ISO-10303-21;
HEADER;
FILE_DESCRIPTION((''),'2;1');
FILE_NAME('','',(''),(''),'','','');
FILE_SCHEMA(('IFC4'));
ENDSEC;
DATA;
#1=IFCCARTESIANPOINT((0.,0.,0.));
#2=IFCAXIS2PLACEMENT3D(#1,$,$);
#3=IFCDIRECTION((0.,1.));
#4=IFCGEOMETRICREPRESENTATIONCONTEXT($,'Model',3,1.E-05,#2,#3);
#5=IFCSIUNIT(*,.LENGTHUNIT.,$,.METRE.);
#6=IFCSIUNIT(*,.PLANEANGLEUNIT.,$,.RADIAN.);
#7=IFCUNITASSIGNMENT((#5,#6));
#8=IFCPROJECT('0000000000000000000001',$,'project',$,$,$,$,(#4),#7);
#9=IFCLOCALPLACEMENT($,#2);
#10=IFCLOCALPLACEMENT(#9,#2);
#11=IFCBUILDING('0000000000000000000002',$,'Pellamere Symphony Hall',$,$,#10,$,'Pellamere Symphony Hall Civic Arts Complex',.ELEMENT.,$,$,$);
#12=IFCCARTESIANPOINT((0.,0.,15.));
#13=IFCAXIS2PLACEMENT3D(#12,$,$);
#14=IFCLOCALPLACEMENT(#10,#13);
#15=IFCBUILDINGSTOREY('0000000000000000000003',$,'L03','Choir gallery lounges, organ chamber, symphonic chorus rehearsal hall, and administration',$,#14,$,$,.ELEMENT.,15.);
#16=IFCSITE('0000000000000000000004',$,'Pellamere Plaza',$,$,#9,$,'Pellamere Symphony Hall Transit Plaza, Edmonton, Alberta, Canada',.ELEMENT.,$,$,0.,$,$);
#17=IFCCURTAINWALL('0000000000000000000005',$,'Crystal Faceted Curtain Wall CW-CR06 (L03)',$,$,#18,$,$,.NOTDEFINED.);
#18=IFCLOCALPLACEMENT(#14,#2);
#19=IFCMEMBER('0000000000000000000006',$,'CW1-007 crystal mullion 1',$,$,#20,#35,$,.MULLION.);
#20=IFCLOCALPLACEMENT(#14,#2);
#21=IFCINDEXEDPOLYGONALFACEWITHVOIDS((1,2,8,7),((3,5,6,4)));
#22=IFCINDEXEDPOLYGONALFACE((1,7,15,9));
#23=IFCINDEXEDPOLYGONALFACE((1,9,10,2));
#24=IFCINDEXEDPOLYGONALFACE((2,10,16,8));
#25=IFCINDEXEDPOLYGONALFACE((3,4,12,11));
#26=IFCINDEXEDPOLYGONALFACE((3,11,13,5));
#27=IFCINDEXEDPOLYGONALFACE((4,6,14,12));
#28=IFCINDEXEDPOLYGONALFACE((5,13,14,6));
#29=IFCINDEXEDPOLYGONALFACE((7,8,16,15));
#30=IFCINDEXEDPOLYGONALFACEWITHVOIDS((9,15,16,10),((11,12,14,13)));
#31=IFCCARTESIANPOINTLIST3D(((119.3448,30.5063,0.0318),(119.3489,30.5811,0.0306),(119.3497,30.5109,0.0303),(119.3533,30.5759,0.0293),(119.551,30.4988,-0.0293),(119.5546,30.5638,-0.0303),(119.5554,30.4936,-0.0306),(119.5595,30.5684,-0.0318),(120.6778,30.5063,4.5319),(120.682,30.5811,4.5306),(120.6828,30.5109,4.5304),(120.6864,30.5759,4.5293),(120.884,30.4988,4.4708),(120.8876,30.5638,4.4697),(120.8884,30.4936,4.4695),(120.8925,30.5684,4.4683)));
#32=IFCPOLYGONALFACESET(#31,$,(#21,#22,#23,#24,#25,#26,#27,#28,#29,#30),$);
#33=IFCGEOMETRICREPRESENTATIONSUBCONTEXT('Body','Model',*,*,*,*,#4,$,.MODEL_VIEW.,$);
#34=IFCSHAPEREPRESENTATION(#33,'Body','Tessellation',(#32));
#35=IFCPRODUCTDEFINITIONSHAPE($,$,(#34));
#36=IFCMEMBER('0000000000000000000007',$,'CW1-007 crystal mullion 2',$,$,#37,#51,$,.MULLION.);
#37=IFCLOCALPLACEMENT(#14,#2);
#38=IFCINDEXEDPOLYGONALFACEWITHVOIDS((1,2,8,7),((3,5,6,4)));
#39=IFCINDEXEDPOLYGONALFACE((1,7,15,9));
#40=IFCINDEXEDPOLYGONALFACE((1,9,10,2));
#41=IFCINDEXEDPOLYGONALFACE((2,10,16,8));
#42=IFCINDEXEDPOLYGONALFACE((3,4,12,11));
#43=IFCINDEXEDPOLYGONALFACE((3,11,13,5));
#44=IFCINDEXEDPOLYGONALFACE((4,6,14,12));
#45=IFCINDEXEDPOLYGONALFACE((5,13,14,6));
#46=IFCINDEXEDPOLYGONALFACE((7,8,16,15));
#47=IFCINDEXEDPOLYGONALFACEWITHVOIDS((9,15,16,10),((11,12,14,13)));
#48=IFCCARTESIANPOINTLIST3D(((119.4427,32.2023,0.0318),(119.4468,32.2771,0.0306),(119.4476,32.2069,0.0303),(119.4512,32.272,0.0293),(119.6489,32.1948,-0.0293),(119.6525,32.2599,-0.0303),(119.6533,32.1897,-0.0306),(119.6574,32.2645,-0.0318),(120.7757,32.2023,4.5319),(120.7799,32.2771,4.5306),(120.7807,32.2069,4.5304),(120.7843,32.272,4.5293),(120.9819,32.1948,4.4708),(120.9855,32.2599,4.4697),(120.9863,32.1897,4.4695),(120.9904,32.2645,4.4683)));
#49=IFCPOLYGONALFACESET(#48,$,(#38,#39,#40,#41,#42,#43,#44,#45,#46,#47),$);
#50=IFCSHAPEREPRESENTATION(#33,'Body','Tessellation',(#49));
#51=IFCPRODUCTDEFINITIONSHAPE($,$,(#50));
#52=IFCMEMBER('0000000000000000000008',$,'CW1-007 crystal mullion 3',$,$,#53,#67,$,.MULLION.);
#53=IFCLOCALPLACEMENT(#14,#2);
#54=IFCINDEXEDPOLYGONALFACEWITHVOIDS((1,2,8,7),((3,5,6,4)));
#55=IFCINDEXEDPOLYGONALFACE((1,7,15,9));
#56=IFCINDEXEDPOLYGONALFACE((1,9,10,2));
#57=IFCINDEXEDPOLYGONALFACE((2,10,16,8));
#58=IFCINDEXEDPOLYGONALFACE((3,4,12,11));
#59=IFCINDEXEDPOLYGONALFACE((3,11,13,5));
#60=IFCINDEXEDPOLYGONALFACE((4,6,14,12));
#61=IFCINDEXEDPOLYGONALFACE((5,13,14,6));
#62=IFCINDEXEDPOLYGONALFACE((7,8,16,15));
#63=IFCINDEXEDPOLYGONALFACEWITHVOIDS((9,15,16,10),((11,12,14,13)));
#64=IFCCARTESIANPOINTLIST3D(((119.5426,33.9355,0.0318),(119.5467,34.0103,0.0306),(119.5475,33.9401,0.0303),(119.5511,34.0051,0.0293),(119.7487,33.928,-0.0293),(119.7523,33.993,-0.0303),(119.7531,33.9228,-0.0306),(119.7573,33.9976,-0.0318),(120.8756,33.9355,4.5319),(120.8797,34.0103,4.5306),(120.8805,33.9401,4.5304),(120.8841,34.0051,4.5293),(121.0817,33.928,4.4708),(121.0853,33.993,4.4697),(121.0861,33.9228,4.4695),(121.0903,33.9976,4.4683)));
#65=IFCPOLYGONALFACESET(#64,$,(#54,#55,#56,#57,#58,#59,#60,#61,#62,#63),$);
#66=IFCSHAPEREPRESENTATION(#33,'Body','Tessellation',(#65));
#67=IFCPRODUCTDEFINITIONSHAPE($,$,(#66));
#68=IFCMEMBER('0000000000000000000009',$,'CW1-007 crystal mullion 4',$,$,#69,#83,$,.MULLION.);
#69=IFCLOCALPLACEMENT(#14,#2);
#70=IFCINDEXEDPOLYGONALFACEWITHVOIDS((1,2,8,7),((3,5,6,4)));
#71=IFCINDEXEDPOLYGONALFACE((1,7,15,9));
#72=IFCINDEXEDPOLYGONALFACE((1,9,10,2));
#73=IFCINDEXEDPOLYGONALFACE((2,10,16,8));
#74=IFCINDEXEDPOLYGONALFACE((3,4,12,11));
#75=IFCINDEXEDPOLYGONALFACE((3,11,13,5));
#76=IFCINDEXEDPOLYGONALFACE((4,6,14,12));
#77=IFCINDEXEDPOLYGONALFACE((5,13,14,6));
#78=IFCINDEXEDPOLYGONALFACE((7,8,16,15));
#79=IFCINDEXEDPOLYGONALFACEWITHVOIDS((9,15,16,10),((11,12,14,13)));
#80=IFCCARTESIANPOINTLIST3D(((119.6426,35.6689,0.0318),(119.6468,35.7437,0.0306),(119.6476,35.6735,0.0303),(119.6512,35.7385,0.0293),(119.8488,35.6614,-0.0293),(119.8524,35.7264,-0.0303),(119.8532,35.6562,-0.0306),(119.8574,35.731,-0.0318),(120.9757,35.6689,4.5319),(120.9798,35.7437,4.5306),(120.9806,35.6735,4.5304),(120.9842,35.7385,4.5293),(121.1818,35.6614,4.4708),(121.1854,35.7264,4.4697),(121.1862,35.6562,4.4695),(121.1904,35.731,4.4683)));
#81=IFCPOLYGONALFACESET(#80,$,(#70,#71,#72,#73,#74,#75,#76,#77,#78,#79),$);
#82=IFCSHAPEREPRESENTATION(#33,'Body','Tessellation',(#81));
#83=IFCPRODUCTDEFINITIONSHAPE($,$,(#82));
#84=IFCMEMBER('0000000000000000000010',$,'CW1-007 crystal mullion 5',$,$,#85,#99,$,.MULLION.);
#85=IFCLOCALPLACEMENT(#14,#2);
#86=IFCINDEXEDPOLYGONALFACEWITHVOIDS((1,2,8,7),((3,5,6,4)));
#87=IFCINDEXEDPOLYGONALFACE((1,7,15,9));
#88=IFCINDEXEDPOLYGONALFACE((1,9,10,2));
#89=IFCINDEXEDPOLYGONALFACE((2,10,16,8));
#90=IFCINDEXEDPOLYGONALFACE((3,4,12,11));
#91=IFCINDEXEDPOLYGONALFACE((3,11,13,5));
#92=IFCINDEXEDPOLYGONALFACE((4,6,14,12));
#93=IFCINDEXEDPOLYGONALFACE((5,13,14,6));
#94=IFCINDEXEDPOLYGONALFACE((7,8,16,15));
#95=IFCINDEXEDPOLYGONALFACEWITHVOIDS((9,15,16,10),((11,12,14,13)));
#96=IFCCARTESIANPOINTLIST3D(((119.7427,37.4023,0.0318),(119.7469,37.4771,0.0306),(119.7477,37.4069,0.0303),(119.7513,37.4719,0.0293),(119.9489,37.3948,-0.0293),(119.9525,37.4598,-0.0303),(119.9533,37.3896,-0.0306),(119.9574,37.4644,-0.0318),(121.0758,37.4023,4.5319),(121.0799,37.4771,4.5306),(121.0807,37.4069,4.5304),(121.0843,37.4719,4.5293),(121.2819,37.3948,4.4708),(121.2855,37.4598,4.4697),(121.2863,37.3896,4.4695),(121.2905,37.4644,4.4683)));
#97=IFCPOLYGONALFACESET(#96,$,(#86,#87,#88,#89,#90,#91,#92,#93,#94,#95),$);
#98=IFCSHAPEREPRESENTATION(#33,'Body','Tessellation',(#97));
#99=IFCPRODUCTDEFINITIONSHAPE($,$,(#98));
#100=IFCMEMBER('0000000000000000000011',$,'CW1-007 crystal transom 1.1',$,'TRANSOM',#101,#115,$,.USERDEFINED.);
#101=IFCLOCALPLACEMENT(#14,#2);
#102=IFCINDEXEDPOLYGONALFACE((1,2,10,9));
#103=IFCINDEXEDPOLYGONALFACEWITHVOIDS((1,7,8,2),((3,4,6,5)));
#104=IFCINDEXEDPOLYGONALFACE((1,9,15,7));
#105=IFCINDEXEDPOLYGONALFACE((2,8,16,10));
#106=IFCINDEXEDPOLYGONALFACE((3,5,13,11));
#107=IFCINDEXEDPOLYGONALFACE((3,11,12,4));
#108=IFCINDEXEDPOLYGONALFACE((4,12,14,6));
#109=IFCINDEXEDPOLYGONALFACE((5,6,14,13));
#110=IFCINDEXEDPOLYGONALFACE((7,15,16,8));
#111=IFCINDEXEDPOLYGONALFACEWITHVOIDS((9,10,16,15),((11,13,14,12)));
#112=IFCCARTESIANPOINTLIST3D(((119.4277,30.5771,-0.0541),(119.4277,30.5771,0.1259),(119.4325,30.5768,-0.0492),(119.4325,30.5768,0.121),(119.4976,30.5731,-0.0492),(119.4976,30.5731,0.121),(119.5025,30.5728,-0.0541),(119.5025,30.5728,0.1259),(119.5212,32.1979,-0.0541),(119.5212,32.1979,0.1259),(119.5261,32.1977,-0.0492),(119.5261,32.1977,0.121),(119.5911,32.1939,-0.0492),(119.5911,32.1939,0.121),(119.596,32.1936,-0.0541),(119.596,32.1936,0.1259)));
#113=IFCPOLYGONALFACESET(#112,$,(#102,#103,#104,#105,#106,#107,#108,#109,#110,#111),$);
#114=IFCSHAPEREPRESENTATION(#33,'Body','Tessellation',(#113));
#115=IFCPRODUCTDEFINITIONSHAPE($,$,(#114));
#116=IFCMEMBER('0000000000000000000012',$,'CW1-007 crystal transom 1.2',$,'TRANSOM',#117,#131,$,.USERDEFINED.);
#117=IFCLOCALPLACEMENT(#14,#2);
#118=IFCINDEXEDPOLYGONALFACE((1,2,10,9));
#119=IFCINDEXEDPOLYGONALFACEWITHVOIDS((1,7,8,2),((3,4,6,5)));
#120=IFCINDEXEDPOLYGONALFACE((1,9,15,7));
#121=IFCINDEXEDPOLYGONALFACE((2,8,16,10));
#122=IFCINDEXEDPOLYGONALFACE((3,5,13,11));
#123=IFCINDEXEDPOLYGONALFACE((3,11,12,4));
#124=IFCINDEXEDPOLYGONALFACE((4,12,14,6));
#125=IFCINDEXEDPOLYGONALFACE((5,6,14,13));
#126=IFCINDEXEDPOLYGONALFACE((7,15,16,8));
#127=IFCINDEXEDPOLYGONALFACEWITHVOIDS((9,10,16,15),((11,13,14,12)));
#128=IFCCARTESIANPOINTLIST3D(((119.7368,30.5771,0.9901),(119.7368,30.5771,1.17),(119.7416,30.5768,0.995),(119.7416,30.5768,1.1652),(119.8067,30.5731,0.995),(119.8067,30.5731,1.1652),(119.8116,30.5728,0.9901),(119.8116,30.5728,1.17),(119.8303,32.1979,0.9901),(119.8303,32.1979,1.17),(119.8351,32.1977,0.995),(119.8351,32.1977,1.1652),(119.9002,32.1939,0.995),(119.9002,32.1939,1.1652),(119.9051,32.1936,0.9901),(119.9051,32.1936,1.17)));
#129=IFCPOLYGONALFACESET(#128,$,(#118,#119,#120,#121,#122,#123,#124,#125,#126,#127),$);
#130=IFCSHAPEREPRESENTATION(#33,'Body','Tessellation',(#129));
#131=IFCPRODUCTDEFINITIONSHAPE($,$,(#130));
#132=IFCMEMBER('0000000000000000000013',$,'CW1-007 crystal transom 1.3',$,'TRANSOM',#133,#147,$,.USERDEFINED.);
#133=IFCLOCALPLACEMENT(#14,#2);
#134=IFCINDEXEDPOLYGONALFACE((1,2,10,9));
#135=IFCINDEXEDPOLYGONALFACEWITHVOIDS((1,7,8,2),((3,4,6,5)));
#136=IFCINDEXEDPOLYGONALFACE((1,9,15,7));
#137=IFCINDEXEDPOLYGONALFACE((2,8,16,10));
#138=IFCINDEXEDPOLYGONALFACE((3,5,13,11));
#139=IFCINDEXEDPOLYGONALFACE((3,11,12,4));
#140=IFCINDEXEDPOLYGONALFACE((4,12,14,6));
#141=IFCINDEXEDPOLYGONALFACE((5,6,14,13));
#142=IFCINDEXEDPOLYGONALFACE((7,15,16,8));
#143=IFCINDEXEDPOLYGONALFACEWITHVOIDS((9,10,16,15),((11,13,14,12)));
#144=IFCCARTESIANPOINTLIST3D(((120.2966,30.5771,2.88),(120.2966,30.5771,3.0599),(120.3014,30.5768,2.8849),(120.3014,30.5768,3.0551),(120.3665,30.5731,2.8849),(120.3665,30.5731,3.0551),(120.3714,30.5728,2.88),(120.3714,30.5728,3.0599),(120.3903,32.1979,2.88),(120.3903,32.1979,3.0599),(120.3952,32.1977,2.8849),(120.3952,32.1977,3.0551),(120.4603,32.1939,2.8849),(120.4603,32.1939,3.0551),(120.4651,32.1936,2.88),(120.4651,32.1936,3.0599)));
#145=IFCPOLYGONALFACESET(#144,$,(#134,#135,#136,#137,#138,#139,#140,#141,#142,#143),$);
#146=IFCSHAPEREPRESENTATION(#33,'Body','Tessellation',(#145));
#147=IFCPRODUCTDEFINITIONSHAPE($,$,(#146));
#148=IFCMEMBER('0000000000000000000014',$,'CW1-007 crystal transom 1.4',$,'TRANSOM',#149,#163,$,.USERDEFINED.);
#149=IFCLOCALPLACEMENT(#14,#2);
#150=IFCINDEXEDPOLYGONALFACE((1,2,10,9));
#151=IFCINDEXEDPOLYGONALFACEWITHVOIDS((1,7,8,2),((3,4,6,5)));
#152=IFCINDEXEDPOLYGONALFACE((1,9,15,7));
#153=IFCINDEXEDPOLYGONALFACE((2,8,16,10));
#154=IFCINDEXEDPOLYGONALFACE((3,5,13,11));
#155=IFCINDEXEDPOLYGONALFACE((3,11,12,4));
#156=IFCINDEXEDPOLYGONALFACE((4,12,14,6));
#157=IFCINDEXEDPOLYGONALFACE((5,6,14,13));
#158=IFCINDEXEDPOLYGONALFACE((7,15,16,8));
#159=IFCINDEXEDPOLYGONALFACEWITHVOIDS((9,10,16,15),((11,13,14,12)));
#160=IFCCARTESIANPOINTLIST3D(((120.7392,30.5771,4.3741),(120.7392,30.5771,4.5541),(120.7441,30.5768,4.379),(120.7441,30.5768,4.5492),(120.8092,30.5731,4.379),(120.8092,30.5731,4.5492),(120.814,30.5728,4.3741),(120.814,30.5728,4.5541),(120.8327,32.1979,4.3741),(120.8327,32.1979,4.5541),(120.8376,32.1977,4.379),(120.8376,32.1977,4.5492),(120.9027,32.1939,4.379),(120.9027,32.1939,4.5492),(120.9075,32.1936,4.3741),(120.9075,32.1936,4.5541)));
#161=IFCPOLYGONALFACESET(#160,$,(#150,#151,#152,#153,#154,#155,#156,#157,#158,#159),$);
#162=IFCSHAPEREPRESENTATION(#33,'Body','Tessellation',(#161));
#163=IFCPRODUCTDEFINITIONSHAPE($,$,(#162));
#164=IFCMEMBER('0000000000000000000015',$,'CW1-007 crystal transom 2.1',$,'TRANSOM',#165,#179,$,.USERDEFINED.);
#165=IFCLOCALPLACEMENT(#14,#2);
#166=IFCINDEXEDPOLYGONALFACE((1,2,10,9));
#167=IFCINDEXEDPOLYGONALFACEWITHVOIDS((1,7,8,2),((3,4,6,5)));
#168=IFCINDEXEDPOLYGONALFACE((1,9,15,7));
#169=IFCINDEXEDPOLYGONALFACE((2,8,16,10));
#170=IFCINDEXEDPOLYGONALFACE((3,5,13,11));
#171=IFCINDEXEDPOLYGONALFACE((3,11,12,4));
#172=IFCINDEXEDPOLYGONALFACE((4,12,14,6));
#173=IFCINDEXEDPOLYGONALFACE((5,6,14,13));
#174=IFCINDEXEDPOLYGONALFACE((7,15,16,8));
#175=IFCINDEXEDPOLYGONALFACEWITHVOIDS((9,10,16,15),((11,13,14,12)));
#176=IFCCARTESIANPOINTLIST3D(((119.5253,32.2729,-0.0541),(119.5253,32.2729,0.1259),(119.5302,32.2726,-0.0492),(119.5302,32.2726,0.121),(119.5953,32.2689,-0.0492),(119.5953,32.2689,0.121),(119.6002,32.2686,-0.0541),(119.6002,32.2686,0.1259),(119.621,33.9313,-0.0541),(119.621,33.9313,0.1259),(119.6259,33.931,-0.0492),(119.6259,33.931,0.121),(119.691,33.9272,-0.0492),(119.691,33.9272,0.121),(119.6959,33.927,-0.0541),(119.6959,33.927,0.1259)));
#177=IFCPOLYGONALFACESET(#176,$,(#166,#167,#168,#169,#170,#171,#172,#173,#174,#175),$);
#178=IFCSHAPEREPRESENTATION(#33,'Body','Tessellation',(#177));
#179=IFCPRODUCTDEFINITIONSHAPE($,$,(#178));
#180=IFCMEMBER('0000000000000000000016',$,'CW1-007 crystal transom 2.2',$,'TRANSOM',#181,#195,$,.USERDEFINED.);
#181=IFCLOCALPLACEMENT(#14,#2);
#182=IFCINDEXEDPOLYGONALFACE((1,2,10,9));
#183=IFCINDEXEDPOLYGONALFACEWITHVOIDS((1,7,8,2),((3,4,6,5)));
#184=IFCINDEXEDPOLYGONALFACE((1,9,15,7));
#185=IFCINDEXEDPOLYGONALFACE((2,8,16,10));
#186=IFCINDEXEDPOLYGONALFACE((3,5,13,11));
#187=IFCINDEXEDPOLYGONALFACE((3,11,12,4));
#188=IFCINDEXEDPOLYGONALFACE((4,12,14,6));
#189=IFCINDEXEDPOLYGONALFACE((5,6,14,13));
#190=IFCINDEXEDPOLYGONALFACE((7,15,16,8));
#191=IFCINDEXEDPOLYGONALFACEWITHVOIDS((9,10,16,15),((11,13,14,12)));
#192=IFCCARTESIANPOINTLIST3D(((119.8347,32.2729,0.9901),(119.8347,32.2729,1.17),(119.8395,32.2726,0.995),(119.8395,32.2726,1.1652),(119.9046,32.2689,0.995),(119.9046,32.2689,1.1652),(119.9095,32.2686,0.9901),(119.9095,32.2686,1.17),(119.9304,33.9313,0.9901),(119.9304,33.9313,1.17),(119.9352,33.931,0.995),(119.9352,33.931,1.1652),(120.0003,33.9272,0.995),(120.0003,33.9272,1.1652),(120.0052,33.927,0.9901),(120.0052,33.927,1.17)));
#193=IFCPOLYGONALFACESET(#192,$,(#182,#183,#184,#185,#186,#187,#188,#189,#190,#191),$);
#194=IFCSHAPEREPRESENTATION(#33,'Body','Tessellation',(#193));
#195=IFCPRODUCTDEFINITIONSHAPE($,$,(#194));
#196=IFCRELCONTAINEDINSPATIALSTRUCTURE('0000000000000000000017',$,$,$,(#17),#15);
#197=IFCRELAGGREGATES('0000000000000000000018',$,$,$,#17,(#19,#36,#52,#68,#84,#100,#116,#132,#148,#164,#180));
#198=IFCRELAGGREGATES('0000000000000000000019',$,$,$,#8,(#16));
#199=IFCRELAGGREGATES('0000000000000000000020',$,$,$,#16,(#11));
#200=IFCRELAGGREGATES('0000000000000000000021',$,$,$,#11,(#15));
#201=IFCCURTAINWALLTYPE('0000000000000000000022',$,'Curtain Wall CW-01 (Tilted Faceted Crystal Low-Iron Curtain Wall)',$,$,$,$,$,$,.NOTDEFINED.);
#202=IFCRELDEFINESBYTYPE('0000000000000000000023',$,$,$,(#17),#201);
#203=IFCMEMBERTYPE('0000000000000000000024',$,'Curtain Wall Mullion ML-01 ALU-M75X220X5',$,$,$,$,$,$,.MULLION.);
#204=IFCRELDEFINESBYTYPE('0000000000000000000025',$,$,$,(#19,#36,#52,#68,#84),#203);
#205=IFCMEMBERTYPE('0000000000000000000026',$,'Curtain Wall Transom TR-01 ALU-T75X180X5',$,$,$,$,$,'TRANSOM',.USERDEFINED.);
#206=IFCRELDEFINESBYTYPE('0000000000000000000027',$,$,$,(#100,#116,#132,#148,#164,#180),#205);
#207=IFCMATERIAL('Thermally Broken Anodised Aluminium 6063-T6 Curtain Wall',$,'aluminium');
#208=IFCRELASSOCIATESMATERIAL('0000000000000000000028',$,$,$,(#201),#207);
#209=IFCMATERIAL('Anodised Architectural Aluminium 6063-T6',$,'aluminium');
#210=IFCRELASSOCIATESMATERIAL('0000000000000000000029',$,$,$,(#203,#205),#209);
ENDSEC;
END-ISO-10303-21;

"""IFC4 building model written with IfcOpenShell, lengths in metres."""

from ifc_helpers import new_model, si_unit, direction, frame, origin, origin_2d, place, context, subcontext, project, spatial, hollow_rectangle, extrude, material, material_profile, profile_set, type_object, element, aggregate, save


model = new_model("IFC4")

# Units and contexts
model_context = context("Model", 3, precision=1e-05, world=origin(), true_north=direction((0.0, 1.0)))
body_context = subcontext(model_context, "Body", "Model", "MODEL_VIEW")
ifc_project = project(units=[si_unit("LENGTHUNIT", "METRE"), si_unit("PLANEANGLEUNIT", "RADIAN")], contexts=[model_context])

# Site, building, storey
site_placement = place(None, origin())
site = spatial("IfcSite", under=ifc_project, at=site_placement, Name="Pellamere Plaza", LongName="Pellamere Symphony Hall Transit Plaza, Edmonton, Alberta, Canada", CompositionType="ELEMENT", RefElevation=0.0)
building_placement = place(site_placement, origin())
building = spatial("IfcBuilding", under=site, at=building_placement, Name="Pellamere Symphony Hall", LongName="Pellamere Symphony Hall Civic Arts Complex", CompositionType="ELEMENT")
storey_placement = place(building_placement, frame((0.0, 0.0, 15.0)))
storey = spatial("IfcBuildingStorey", under=building, at=storey_placement, Name="L03", Description="Choir gallery lounges, organ chamber, symphonic chorus rehearsal hall, and administration", CompositionType="ELEMENT", Elevation=15.0)

# Curtain wall, members
ifc_material_1 = material(Name="Thermally Broken Anodised Aluminium 6063-T6 Curtain Wall", Category="aluminium")
curtain_wall_type = type_object("IfcCurtainWallType", Name="Curtain Wall CW-01 (Tilted Faceted Crystal Low-Iron Curtain Wall)", PredefinedType="NOTDEFINED", material=ifc_material_1)
curtain_wall_placement = place(storey_placement, origin())
curtain_wall = element("IfcCurtainWall", 1, at=curtain_wall_placement, inside=storey, type_object=curtain_wall_type, Name="Crystal Faceted Curtain Wall CW-CR06 (L03)", PredefinedType="NOTDEFINED")
ifc_material_2 = material(Name="Anodised Architectural Aluminium 6063-T6", Category="aluminium")
ifc_material_profile_1 = material_profile(ifc_material_2, hollow_rectangle(XDim=0.075, YDim=0.22, WallThickness=0.0049, at=origin_2d()), Name="ALU-M75X220X5")
ifc_profile_set_1 = profile_set([ifc_material_profile_1], Name="Anodised Architectural Aluminium 6063-T6")
member_type_1 = type_object("IfcMemberType", Name="Curtain Wall Mullion ML-01 ALU-M75X220X5", PredefinedType="MULLION", material=ifc_profile_set_1)
member_1_placement = place(storey_placement, frame((119.4521, 30.5374, 0.0), z_axis=(0.284025, 0.0, 0.958817), x_axis=(-0.055225, -0.99834, 0.016359)))
member_1 = element("IfcMember", 2, at=member_1_placement, type_object=member_type_1, Name="CW1-007 crystal mullion 1", PredefinedType="MULLION", context=body_context, shape_type="SweptSolid", body=[
    extrude(hollow_rectangle(XDim=0.075, YDim=0.22, WallThickness=0.0049, at=origin_2d()), origin(), (0.0, 0.0, 1.0), 4.6934),
])
member_2_placement = place(storey_placement, frame((119.55, 32.2334, 0.0), z_axis=(0.284025, 0.0, 0.958817), x_axis=(-0.055225, -0.99834, 0.016359)))
member_2 = element("IfcMember", 3, at=member_2_placement, type_object=member_type_1, Name="CW1-007 crystal mullion 2", PredefinedType="MULLION", context=body_context, shape_type="SweptSolid", body=[
    extrude(hollow_rectangle(XDim=0.075, YDim=0.22, WallThickness=0.0049, at=origin_2d()), origin(), (0.0, 0.0, 1.0), 4.6934),
])
member_3_placement = place(storey_placement, frame((119.6499, 33.9666, 0.0), z_axis=(0.284025, 0.0, 0.958817), x_axis=(-0.055225, -0.99834, 0.016359)))
member_3 = element("IfcMember", 4, at=member_3_placement, type_object=member_type_1, Name="CW1-007 crystal mullion 3", PredefinedType="MULLION", context=body_context, shape_type="SweptSolid", body=[
    extrude(hollow_rectangle(XDim=0.075, YDim=0.22, WallThickness=0.0049, at=origin_2d()), origin(), (0.0, 0.0, 1.0), 4.6934),
])
member_4_placement = place(storey_placement, frame((119.75, 35.7, 0.0), z_axis=(0.284025, 0.0, 0.958817), x_axis=(-0.055225, -0.99834, 0.016359)))
member_4 = element("IfcMember", 5, at=member_4_placement, type_object=member_type_1, Name="CW1-007 crystal mullion 4", PredefinedType="MULLION", context=body_context, shape_type="SweptSolid", body=[
    extrude(hollow_rectangle(XDim=0.075, YDim=0.22, WallThickness=0.0049, at=origin_2d()), origin(), (0.0, 0.0, 1.0), 4.6934),
])
member_5_placement = place(storey_placement, frame((119.8501, 37.4333, 0.0), z_axis=(0.284025, 0.0, 0.958817), x_axis=(-0.055225, -0.99834, 0.016359)))
member_5 = element("IfcMember", 6, at=member_5_placement, type_object=member_type_1, Name="CW1-007 crystal mullion 5", PredefinedType="MULLION", context=body_context, shape_type="SweptSolid", body=[
    extrude(hollow_rectangle(XDim=0.075, YDim=0.22, WallThickness=0.0049, at=origin_2d()), origin(), (0.0, 0.0, 1.0), 4.6934),
])
ifc_material_profile_2 = material_profile(ifc_material_2, hollow_rectangle(XDim=0.075, YDim=0.1799, WallThickness=0.0049, at=origin_2d()), Name="ALU-T75X180X5")
ifc_profile_set_2 = profile_set([ifc_material_profile_2], Name="Anodised Architectural Aluminium 6063-T6")
member_type_2 = type_object("IfcMemberType", Name="Curtain Wall Transom TR-01 ALU-T75X180X5", ElementType="TRANSOM", PredefinedType="USERDEFINED", material=ifc_profile_set_2)
member_6_placement = place(storey_placement, frame((119.4651, 30.575, 0.0359), z_axis=(0.057594, 0.99834, 0.0), x_axis=(-0.99834, 0.057594, 0.0)))
member_6 = element("IfcMember", 7, at=member_6_placement, type_object=member_type_2, Name="CW1-007 crystal transom 1.1", ObjectType="TRANSOM", PredefinedType="USERDEFINED", context=body_context, shape_type="SweptSolid", body=[
    extrude(hollow_rectangle(XDim=0.075, YDim=0.1799, WallThickness=0.0049, at=origin_2d()), origin(), (0.0, 0.0, 1.0), 1.6235),
])
member_7_placement = place(storey_placement, frame((119.7742, 30.575, 1.0801), z_axis=(0.057594, 0.99834, 0.0), x_axis=(-0.99834, 0.057594, 0.0)))
member_7 = element("IfcMember", 8, at=member_7_placement, type_object=member_type_2, Name="CW1-007 crystal transom 1.2", ObjectType="TRANSOM", PredefinedType="USERDEFINED", context=body_context, shape_type="SweptSolid", body=[
    extrude(hollow_rectangle(XDim=0.075, YDim=0.1799, WallThickness=0.0049, at=origin_2d()), origin(), (0.0, 0.0, 1.0), 1.6235),
])
member_8_placement = place(storey_placement, frame((120.334, 30.575, 2.97), z_axis=(0.057744, 0.998331, 0.0), x_axis=(-0.998331, 0.057744, 0.0)))
member_8 = element("IfcMember", 9, at=member_8_placement, type_object=member_type_2, Name="CW1-007 crystal transom 1.3", ObjectType="TRANSOM", PredefinedType="USERDEFINED", context=body_context, shape_type="SweptSolid", body=[
    extrude(hollow_rectangle(XDim=0.075, YDim=0.1799, WallThickness=0.0049, at=origin_2d()), origin(), (0.0, 0.0, 1.0), 1.6235),
])
member_9_placement = place(storey_placement, frame((120.7766, 30.575, 4.4641), z_axis=(0.057594, 0.99834, 0.0), x_axis=(-0.99834, 0.057594, 0.0)))
member_9 = element("IfcMember", 10, at=member_9_placement, type_object=member_type_2, Name="CW1-007 crystal transom 1.4", ObjectType="TRANSOM", PredefinedType="USERDEFINED", context=body_context, shape_type="SweptSolid", body=[
    extrude(hollow_rectangle(XDim=0.075, YDim=0.1799, WallThickness=0.0049, at=origin_2d()), origin(), (0.0, 0.0, 1.0), 1.6235),
])
member_10_placement = place(storey_placement, frame((119.5627, 32.2708, 0.0359), z_axis=(0.057611, 0.998339, 0.0), x_axis=(-0.998339, 0.057611, 0.0)))
member_10 = element("IfcMember", 11, at=member_10_placement, type_object=member_type_2, Name="CW1-007 crystal transom 2.1", ObjectType="TRANSOM", PredefinedType="USERDEFINED", context=body_context, shape_type="SweptSolid", body=[
    extrude(hollow_rectangle(XDim=0.075, YDim=0.1799, WallThickness=0.0049, at=origin_2d()), origin(), (0.0, 0.0, 1.0), 1.6611),
])
member_11_placement = place(storey_placement, frame((119.8721, 32.2708, 1.0801), z_axis=(0.057611, 0.998339, 0.0), x_axis=(-0.998339, 0.057611, 0.0)))
member_11 = element("IfcMember", 12, at=member_11_placement, type_object=member_type_2, Name="CW1-007 crystal transom 2.2", ObjectType="TRANSOM", PredefinedType="USERDEFINED", context=body_context, shape_type="SweptSolid", body=[
    extrude(hollow_rectangle(XDim=0.075, YDim=0.1799, WallThickness=0.0049, at=origin_2d()), origin(), (0.0, 0.0, 1.0), 1.6611),
])
aggregate(curtain_wall, [member_1, member_2, member_3, member_4, member_5, member_6, member_7, member_8, member_9, member_10, member_11])

save(model, "model.ifc")
